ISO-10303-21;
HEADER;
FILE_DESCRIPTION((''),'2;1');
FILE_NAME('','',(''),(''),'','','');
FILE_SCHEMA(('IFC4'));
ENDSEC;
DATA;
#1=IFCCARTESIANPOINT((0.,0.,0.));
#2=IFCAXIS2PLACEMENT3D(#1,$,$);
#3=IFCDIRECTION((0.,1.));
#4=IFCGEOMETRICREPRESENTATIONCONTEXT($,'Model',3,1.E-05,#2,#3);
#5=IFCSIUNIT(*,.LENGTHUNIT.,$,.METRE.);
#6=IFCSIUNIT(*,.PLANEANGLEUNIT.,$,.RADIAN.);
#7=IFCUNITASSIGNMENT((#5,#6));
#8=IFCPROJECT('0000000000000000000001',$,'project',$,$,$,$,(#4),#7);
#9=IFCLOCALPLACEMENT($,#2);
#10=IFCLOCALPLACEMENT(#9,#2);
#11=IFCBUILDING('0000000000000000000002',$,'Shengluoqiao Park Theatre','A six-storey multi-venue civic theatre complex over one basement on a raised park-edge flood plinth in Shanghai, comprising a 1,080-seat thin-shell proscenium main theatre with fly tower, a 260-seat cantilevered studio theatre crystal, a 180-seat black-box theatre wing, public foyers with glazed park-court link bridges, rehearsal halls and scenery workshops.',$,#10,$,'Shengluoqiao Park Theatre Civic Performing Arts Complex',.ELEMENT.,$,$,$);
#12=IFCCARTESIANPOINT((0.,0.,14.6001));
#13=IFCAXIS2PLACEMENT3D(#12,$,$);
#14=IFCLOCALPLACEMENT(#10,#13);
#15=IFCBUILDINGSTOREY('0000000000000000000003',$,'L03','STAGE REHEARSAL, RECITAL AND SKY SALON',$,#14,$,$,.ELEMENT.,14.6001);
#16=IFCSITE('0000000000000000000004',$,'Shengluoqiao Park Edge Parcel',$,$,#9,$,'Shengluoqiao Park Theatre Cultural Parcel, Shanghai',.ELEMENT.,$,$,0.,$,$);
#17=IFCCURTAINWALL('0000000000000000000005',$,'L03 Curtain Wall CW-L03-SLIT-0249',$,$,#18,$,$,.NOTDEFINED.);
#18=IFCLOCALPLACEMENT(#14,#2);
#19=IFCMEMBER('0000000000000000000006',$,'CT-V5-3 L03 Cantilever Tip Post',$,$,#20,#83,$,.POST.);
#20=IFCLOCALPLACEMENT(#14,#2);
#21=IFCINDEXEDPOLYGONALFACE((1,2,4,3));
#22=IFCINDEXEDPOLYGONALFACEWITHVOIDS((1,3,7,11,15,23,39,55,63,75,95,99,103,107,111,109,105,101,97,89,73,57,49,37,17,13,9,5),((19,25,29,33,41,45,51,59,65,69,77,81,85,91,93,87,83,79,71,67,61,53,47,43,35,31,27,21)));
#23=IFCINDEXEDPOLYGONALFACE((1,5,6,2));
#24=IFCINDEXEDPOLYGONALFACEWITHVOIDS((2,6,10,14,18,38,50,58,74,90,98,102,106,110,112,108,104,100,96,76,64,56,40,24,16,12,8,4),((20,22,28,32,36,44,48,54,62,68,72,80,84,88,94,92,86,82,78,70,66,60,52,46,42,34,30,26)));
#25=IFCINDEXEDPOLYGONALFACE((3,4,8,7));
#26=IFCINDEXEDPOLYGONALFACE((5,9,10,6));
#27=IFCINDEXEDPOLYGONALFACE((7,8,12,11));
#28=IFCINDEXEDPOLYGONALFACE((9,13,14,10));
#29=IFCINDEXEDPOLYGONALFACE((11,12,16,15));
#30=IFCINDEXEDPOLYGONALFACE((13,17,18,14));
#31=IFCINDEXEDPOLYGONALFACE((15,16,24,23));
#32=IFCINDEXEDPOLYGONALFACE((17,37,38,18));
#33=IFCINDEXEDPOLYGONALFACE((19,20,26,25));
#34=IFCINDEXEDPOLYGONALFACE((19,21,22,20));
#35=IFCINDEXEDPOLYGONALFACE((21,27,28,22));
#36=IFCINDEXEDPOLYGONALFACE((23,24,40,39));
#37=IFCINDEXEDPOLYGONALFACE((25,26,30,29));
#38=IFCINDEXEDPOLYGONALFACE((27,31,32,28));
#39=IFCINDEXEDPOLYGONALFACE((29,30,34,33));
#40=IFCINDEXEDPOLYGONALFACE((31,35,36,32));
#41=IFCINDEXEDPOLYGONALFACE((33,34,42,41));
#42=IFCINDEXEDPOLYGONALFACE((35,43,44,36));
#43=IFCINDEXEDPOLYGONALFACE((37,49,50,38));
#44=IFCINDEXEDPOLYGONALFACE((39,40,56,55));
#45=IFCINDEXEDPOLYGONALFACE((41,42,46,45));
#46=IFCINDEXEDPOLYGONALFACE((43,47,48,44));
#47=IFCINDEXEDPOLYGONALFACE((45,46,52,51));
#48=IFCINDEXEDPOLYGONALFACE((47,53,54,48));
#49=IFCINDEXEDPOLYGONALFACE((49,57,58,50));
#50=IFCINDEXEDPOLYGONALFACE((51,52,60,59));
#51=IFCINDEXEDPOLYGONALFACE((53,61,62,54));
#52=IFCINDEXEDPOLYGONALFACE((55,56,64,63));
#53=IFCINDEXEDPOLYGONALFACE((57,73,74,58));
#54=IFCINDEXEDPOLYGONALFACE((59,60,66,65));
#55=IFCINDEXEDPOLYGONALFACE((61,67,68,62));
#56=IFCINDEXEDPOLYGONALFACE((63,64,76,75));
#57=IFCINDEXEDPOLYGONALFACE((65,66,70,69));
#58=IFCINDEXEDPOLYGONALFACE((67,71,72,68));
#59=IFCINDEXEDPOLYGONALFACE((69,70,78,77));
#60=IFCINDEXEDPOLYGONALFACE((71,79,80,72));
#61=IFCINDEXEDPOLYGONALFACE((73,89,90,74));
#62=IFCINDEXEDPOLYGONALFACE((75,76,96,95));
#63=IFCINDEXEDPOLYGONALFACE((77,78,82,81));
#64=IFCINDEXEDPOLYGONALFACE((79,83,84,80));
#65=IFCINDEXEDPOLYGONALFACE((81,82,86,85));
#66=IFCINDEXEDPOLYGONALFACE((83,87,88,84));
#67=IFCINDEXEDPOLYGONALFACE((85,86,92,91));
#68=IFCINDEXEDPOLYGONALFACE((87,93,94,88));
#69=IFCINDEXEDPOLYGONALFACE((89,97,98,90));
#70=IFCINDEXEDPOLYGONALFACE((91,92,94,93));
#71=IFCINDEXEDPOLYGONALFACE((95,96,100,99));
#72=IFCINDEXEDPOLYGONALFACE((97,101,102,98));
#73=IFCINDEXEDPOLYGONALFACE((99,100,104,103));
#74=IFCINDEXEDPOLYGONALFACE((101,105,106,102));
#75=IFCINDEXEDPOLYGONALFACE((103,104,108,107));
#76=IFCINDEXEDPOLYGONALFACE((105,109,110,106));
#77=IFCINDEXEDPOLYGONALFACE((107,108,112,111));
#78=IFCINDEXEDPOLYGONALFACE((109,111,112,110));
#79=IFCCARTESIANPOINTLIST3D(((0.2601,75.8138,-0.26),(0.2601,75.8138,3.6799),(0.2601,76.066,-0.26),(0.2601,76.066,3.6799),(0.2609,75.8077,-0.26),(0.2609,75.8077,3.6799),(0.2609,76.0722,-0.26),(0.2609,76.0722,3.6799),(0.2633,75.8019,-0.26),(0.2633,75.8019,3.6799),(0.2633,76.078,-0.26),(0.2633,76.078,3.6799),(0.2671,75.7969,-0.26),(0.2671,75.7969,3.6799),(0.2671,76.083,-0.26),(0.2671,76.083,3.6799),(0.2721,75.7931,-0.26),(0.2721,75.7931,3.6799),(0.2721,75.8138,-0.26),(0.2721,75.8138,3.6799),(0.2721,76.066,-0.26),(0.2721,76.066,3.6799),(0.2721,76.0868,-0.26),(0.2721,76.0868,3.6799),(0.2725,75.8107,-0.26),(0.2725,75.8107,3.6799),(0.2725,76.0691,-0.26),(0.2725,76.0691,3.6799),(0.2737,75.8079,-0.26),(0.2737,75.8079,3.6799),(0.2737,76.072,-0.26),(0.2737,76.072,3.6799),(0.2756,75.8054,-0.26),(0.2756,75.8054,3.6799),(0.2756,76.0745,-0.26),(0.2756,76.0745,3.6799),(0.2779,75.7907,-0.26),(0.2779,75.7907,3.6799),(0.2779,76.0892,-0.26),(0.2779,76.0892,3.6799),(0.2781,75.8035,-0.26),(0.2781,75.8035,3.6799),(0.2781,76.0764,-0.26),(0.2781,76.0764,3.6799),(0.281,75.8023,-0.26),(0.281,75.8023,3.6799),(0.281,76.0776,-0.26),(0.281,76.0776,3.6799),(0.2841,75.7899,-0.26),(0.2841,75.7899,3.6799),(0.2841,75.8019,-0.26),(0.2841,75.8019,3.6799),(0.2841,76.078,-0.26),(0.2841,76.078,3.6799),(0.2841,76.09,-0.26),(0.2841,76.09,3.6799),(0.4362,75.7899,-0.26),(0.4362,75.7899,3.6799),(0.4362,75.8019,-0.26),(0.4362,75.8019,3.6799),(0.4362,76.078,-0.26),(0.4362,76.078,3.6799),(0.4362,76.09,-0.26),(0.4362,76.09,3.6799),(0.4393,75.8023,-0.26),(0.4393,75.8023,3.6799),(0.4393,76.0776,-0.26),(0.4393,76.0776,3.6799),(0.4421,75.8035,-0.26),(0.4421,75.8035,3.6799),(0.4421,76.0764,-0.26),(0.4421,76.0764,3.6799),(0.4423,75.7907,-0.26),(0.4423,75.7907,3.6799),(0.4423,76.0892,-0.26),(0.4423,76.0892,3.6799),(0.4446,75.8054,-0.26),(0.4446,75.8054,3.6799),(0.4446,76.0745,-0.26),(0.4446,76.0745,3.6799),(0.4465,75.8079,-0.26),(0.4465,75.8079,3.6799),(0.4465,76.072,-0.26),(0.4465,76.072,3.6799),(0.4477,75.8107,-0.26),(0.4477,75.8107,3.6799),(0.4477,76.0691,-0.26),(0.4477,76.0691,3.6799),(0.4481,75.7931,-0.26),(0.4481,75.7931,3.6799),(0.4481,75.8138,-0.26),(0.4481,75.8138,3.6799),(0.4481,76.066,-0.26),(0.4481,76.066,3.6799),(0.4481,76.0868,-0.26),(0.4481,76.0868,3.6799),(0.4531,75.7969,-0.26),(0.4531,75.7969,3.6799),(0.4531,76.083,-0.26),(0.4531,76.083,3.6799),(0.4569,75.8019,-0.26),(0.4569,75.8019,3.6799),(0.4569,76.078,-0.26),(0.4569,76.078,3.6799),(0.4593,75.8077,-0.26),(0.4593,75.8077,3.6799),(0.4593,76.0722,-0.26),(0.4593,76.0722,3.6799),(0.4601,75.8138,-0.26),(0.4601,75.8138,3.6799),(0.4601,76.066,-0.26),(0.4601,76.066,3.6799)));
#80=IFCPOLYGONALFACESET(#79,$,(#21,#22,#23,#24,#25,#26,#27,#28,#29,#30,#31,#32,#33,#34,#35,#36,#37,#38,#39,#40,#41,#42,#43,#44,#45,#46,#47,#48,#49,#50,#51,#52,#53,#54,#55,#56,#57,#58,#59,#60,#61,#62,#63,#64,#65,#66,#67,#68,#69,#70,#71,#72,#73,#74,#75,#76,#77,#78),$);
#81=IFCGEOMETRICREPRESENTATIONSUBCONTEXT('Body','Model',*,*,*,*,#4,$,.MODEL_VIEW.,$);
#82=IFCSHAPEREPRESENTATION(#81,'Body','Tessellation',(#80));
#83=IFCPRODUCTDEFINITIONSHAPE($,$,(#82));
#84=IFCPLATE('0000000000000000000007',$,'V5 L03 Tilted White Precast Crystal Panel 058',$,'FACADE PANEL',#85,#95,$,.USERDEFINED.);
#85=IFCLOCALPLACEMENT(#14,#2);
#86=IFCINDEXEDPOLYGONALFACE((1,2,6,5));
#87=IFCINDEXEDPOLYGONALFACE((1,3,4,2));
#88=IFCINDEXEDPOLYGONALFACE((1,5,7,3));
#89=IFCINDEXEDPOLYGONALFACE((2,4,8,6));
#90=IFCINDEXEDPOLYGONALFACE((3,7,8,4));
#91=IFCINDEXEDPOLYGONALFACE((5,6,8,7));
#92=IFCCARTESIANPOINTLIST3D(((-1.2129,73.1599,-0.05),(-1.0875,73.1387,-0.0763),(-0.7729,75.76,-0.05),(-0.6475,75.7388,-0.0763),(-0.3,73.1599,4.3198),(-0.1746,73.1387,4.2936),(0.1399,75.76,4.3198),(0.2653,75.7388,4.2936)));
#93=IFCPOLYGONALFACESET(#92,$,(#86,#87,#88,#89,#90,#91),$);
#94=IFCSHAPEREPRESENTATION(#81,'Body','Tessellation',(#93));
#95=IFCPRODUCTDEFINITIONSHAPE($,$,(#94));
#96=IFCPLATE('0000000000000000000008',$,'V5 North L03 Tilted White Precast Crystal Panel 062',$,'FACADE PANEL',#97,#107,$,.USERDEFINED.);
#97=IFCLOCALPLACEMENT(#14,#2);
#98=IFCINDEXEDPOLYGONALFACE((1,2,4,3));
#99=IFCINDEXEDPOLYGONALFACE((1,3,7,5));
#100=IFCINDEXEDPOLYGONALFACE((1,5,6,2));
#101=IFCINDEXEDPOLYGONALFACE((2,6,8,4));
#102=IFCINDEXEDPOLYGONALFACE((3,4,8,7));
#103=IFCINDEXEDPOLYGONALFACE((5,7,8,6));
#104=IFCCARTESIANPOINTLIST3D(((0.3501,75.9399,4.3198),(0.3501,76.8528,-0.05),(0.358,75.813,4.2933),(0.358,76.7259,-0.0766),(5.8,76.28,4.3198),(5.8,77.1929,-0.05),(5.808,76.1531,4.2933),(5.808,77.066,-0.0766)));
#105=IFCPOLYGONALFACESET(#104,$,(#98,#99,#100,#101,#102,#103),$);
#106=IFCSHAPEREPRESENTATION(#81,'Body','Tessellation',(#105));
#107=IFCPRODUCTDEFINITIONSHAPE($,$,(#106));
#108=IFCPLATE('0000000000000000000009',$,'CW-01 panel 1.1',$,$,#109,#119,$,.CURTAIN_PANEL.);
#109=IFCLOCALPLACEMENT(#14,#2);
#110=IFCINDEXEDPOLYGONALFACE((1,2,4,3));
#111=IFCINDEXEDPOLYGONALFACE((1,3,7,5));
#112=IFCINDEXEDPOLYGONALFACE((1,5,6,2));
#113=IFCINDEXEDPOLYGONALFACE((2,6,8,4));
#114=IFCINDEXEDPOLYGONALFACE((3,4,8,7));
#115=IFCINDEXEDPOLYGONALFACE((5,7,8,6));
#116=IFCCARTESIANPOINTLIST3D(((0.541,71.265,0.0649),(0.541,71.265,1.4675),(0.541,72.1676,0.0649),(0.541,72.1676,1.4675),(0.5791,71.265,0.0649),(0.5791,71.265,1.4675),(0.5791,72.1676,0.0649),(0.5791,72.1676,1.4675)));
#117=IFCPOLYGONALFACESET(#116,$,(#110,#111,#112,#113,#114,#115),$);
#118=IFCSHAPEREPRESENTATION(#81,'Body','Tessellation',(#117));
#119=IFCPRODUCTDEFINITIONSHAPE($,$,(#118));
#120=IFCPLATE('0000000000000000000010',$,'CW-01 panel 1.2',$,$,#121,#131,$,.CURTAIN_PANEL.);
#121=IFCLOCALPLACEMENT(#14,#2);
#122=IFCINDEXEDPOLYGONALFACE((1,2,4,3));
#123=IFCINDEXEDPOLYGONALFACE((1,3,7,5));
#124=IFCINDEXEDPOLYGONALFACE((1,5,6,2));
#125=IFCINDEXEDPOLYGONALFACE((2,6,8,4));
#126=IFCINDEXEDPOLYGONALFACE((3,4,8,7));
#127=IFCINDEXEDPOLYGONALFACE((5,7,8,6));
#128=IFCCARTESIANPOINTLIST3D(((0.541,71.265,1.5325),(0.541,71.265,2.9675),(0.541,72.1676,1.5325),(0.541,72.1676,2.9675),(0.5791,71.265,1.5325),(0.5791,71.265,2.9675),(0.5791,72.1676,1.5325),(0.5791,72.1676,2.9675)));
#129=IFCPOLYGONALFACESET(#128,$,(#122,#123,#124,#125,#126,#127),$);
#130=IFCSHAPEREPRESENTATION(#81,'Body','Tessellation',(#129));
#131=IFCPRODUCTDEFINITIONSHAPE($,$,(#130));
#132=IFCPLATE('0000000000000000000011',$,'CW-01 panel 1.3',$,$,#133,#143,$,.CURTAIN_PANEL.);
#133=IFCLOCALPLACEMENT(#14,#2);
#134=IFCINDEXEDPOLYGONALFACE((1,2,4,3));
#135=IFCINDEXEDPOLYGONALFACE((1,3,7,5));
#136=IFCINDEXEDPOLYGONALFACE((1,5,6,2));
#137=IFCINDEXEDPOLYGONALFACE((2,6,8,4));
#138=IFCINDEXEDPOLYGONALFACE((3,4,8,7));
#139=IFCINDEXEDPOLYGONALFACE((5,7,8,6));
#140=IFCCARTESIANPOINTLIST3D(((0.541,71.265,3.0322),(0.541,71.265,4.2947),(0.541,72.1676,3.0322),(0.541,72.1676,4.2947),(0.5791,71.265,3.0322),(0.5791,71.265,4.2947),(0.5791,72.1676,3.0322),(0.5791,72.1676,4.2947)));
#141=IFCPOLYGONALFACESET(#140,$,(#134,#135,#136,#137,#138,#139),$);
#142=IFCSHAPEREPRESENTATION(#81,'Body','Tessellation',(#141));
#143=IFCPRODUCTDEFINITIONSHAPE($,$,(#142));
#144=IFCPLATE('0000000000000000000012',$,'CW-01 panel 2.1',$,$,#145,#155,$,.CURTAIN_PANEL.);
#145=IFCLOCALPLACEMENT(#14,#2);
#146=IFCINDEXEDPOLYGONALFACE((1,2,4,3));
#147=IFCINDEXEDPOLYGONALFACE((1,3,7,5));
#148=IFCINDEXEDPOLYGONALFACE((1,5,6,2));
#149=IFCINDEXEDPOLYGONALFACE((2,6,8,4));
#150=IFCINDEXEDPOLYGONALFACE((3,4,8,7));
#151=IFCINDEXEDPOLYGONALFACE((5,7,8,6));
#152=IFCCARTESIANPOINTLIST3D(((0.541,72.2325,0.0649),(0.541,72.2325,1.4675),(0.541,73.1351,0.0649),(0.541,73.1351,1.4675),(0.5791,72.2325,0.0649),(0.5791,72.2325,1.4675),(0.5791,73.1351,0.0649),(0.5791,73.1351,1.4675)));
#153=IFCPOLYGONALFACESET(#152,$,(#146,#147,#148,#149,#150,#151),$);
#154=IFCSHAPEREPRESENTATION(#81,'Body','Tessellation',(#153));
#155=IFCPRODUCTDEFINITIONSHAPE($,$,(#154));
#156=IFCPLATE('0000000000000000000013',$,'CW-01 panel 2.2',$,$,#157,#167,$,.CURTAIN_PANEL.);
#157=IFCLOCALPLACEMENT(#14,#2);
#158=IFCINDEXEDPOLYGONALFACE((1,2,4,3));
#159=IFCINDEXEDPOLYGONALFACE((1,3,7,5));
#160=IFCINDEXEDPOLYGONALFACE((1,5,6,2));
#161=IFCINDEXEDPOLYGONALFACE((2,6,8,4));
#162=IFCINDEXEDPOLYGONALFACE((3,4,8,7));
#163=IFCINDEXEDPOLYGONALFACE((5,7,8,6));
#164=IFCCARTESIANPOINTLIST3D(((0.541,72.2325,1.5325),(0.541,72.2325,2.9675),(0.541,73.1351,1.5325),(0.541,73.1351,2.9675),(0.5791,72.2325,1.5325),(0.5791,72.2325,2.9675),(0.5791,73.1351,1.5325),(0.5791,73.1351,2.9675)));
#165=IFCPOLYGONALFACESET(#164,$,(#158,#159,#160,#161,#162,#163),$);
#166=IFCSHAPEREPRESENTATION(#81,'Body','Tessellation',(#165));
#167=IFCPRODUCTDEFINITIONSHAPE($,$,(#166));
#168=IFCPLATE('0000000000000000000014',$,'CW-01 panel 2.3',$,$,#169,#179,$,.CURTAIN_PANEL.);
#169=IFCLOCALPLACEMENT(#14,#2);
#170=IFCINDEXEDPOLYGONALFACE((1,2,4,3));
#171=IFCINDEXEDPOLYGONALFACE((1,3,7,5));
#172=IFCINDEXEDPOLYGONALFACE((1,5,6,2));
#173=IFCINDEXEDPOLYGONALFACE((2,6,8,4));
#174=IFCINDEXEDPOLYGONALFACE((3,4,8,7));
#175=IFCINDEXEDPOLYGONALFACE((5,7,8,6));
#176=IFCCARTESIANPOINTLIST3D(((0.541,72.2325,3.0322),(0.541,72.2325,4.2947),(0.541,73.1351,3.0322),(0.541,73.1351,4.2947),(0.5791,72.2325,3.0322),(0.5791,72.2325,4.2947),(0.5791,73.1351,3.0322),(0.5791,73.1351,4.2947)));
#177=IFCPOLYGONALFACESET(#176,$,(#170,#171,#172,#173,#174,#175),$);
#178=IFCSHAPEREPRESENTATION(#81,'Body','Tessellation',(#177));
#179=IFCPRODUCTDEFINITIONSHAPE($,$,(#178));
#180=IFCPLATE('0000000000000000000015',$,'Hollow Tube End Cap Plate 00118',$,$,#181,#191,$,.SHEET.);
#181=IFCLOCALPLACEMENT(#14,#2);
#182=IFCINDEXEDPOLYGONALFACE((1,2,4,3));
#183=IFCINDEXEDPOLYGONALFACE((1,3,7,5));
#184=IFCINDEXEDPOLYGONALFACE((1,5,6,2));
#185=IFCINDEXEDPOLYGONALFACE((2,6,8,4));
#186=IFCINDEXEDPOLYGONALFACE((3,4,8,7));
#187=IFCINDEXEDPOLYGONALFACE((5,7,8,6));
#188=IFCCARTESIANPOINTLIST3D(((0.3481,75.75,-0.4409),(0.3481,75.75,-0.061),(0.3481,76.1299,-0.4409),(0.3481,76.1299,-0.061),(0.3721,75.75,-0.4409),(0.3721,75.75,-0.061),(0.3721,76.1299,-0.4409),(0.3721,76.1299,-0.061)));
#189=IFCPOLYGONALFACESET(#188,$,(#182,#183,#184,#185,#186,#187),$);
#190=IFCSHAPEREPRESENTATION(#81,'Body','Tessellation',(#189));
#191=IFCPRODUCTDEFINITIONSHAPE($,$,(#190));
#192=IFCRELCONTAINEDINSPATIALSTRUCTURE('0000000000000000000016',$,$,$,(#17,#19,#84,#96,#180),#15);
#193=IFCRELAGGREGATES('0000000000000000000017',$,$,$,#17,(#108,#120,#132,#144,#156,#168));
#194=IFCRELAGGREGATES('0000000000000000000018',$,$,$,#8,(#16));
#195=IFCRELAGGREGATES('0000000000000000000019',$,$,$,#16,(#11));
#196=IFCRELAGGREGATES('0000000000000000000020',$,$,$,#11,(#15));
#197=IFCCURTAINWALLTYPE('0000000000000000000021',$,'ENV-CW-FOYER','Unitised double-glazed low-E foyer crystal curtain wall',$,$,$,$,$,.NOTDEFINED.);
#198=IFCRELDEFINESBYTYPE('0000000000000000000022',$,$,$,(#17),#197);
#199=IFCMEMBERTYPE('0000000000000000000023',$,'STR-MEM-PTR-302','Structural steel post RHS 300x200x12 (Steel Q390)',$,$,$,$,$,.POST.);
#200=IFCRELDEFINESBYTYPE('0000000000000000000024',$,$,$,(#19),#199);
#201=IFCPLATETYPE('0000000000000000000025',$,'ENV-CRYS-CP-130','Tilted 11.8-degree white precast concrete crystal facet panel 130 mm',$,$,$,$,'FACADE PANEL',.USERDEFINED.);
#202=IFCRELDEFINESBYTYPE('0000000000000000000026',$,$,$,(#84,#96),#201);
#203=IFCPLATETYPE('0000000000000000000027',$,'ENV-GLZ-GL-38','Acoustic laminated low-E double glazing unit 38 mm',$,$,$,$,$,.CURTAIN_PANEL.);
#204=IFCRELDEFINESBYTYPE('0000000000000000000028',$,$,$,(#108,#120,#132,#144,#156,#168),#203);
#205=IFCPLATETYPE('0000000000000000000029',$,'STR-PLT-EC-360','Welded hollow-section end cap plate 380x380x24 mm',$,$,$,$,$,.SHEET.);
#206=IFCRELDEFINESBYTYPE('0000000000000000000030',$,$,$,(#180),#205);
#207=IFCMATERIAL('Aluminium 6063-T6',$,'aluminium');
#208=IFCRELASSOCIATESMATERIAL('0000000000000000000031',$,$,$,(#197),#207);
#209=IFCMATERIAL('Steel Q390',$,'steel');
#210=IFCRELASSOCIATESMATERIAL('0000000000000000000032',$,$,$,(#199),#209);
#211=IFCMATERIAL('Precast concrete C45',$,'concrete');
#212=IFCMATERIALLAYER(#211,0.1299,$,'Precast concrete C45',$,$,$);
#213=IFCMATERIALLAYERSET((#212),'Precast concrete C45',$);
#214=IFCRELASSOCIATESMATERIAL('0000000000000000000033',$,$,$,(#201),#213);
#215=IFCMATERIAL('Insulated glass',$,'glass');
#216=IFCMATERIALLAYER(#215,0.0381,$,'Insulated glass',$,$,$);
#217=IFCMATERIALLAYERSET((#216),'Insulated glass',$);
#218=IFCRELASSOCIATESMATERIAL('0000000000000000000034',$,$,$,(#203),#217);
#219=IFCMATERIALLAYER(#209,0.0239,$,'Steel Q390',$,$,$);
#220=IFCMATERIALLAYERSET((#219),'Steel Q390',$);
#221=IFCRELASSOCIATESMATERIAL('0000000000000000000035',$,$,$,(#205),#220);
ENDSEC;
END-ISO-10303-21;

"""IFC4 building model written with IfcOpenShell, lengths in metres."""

from ifc_helpers import new_model, si_unit, direction, frame, origin, origin_2d, place, context, subcontext, project, spatial, polyline, rectangle, hollow_rectangle, outline, extrude, material, layer, layer_set, material_profile, profile_set, type_object, element, aggregate, save


model = new_model("IFC4")

# Units and contexts
model_context = context("Model", 3, precision=1e-05, world=origin(), true_north=direction((0.0, 1.0)))
body_context = subcontext(model_context, "Body", "Model", "MODEL_VIEW")
ifc_project = project(units=[si_unit("LENGTHUNIT", "METRE"), si_unit("PLANEANGLEUNIT", "RADIAN")], contexts=[model_context])

# Site, building, storey
site_placement = place(None, origin())
site = spatial("IfcSite", under=ifc_project, at=site_placement, Name="Shengluoqiao Park Edge Parcel", LongName="Shengluoqiao Park Theatre Cultural Parcel, Shanghai", CompositionType="ELEMENT", RefElevation=0.0)
building_placement = place(site_placement, origin())
building = spatial("IfcBuilding", under=site, at=building_placement, Name="Shengluoqiao Park Theatre", Description="A six-storey multi-venue civic theatre complex over one basement on a raised park-edge flood plinth in Shanghai, comprising a 1,080-seat thin-shell proscenium main theatre with fly tower, a 260-seat cantilevered studio theatre crystal, a 180-seat black-box theatre wing, public foyers with glazed park-court link bridges, rehearsal halls and scenery workshops.", LongName="Shengluoqiao Park Theatre Civic Performing Arts Complex", CompositionType="ELEMENT")
storey_placement = place(building_placement, frame((0.0, 0.0, 14.6001)))
storey = spatial("IfcBuildingStorey", under=building, at=storey_placement, Name="L03", Description="STAGE REHEARSAL, RECITAL AND SKY SALON", CompositionType="ELEMENT", Elevation=14.6001)

# Curtain wall
ifc_material_1 = material(Name="Aluminium 6063-T6", Category="aluminium")
curtain_wall_type = type_object("IfcCurtainWallType", Name="ENV-CW-FOYER", Description="Unitised double-glazed low-E foyer crystal curtain wall", PredefinedType="NOTDEFINED", material=ifc_material_1)
curtain_wall_placement = place(storey_placement, origin())
curtain_wall = element("IfcCurtainWall", 1, at=curtain_wall_placement, inside=storey, type_object=curtain_wall_type, Name="L03 Curtain Wall CW-L03-SLIT-0249", PredefinedType="NOTDEFINED")

# Shared definitions
ifc_material_2 = material(Name="Steel Q390", Category="steel")

# Member
ifc_material_profile_1 = material_profile(ifc_material_2, hollow_rectangle(XDim=0.2, YDim=0.3, WallThickness=0.012, InnerFilletRadius=0.012, OuterFilletRadius=0.0239, at=origin_2d()), Name="RHS 300x200x12")
ifc_profile_set_1 = profile_set([ifc_material_profile_1], Name="Steel Q390")
member_type_1 = type_object("IfcMemberType", Name="STR-MEM-PTR-302", Description="Structural steel post RHS 300x200x12 (Steel Q390)", PredefinedType="POST", material=ifc_profile_set_1)
member_1_placement = place(storey_placement, frame((0.3601, 75.9399, -0.26), z_axis=(0.0, 0.0, 1.0), x_axis=(1.0, 0.0, 0.0)))
element("IfcMember", 2, at=member_1_placement, inside=storey, type_object=member_type_1, Name="CT-V5-3 L03 Cantilever Tip Post", PredefinedType="POST", context=body_context, shape_type="SweptSolid", body=[
    extrude(hollow_rectangle(XDim=0.2, YDim=0.3, WallThickness=0.012, InnerFilletRadius=0.012, OuterFilletRadius=0.0239, at=origin_2d()), origin(), (0.0, 0.0, 1.0), 3.9399),
])

# Plates
ifc_material_3 = material(Name="Precast concrete C45", Category="concrete")
ifc_layer_1 = layer(ifc_material_3, 0.1299, Name="Precast concrete C45")
ifc_layer_set_1 = layer_set([ifc_layer_1], Name="Precast concrete C45")
plate_type_1 = type_object("IfcPlateType", Name="ENV-CRYS-CP-130", Description="Tilted 11.8-degree white precast concrete crystal facet panel 130 mm", ElementType="FACADE PANEL", PredefinedType="USERDEFINED", material=ifc_layer_set_1)
plate_1_placement = place(storey_placement, frame((-1.2129, 73.1599, -0.05), z_axis=(-0.965714, 0.163401, 0.201732), x_axis=(0.166831, 0.985986, 0.0)))
element("IfcPlate", 3, at=plate_1_placement, inside=storey, type_object=plate_type_1, Name="V5 L03 Tilted White Precast Crystal Panel 058", ObjectType="FACADE PANEL", PredefinedType="USERDEFINED", context=body_context, shape_type="SweptSolid", body=[
    extrude(outline(polyline([(0.0, 0.0), (2.6371, 0.0), (2.7893, -4.4616), (0.1523, -4.4616), (0.0, 0.0)])), origin(), (0.0, 0.0, -1.0), 0.1299),
])
plate_2_placement = place(storey_placement, frame((0.3501, 76.8528, -0.05), z_axis=(-0.06097, 0.97705, 0.2041), x_axis=(0.998059, 0.062281, 0.0)))
element("IfcPlate", 4, at=plate_2_placement, inside=storey, type_object=plate_type_1, Name="V5 North L03 Tilted White Precast Crystal Panel 062", ObjectType="FACADE PANEL", PredefinedType="USERDEFINED", context=body_context, shape_type="SweptSolid", body=[
    extrude(outline(polyline([(0.0, 0.0), (5.4606, 0.0), (5.4037, -4.4638), (-0.0569, -4.4638), (0.0, 0.0)])), origin(), (0.0, 0.0, -1.0), 0.1299),
])

# Plates
ifc_material_4 = material(Name="Insulated glass", Category="glass")
ifc_layer_2 = layer(ifc_material_4, 0.0381, Name="Insulated glass")
ifc_layer_set_2 = layer_set([ifc_layer_2], Name="Insulated glass")
plate_type_2 = type_object("IfcPlateType", Name="ENV-GLZ-GL-38", Description="Acoustic laminated low-E double glazing unit 38 mm", PredefinedType="CURTAIN_PANEL", material=ifc_layer_set_2)
plate_3_placement = place(storey_placement, frame((0.5601, 71.7163, 0.0649), z_axis=(0.0, 0.0, 1.0), x_axis=(0.0, 1.0, 0.0)))
plate_3 = element("IfcPlate", 5, at=plate_3_placement, type_object=plate_type_2, Name="CW-01 panel 1.1", PredefinedType="CURTAIN_PANEL", context=body_context, shape_type="SweptSolid", body=[
    extrude(rectangle(XDim=0.9026, YDim=0.0381, at=origin_2d()), origin(), (0.0, 0.0, 1.0), 1.4026),
])
plate_4_placement = place(storey_placement, frame((0.5601, 71.7163, 1.5325), z_axis=(0.0, 0.0, 1.0), x_axis=(0.0, 1.0, 0.0)))
plate_4 = element("IfcPlate", 6, at=plate_4_placement, type_object=plate_type_2, Name="CW-01 panel 1.2", PredefinedType="CURTAIN_PANEL", context=body_context, shape_type="SweptSolid", body=[
    extrude(rectangle(XDim=0.9026, YDim=0.0381, at=origin_2d()), origin(), (0.0, 0.0, 1.0), 1.4351),
])
plate_5_placement = place(storey_placement, frame((0.5601, 71.7163, 3.0322), z_axis=(0.0, 0.0, 1.0), x_axis=(0.0, 1.0, 0.0)))
plate_5 = element("IfcPlate", 7, at=plate_5_placement, type_object=plate_type_2, Name="CW-01 panel 1.3", PredefinedType="CURTAIN_PANEL", context=body_context, shape_type="SweptSolid", body=[
    extrude(rectangle(XDim=0.9026, YDim=0.0381, at=origin_2d()), origin(), (0.0, 0.0, 1.0), 1.2625),
])
plate_6_placement = place(storey_placement, frame((0.5601, 72.6838, 0.0649), z_axis=(0.0, 0.0, 1.0), x_axis=(0.0, 1.0, 0.0)))
plate_6 = element("IfcPlate", 8, at=plate_6_placement, type_object=plate_type_2, Name="CW-01 panel 2.1", PredefinedType="CURTAIN_PANEL", context=body_context, shape_type="SweptSolid", body=[
    extrude(rectangle(XDim=0.9026, YDim=0.0381, at=origin_2d()), origin(), (0.0, 0.0, 1.0), 1.4026),
])
plate_7_placement = place(storey_placement, frame((0.5601, 72.6838, 1.5325), z_axis=(0.0, 0.0, 1.0), x_axis=(0.0, 1.0, 0.0)))
plate_7 = element("IfcPlate", 9, at=plate_7_placement, type_object=plate_type_2, Name="CW-01 panel 2.2", PredefinedType="CURTAIN_PANEL", context=body_context, shape_type="SweptSolid", body=[
    extrude(rectangle(XDim=0.9026, YDim=0.0381, at=origin_2d()), origin(), (0.0, 0.0, 1.0), 1.4351),
])
plate_8_placement = place(storey_placement, frame((0.5601, 72.6838, 3.0322), z_axis=(0.0, 0.0, 1.0), x_axis=(0.0, 1.0, 0.0)))
plate_8 = element("IfcPlate", 10, at=plate_8_placement, type_object=plate_type_2, Name="CW-01 panel 2.3", PredefinedType="CURTAIN_PANEL", context=body_context, shape_type="SweptSolid", body=[
    extrude(rectangle(XDim=0.9026, YDim=0.0381, at=origin_2d()), origin(), (0.0, 0.0, 1.0), 1.2625),
])
aggregate(curtain_wall, [plate_3, plate_4, plate_5, plate_6, plate_7, plate_8])

# Plate
ifc_layer_3 = layer(ifc_material_2, 0.0239, Name="Steel Q390")
ifc_layer_set_3 = layer_set([ifc_layer_3], Name="Steel Q390")
plate_type_3 = type_object("IfcPlateType", Name="STR-PLT-EC-360", Description="Welded hollow-section end cap plate 380x380x24 mm", PredefinedType="SHEET", material=ifc_layer_set_3)
for number, where, z_axis, x_axis, name in (
    (11, (0.3601, 75.9399, -0.4409), (0.0, 0.0, 1.0), (1.0, 0.0, 0.0), "Hollow Tube End Cap Plate 00118"),
):
    element("IfcPlate", number, at=place(storey_placement, frame(where, z_axis=z_axis, x_axis=x_axis)), inside=storey, type_object=plate_type_3, Name=name, PredefinedType="SHEET", context=body_context, shape_type="SweptSolid", body=[
        extrude(rectangle(XDim=0.0239, YDim=0.3799, at=origin_2d()), origin(), (0.0, 0.0, 1.0), 0.3799),
    ])

save(model, "model.ifc")
